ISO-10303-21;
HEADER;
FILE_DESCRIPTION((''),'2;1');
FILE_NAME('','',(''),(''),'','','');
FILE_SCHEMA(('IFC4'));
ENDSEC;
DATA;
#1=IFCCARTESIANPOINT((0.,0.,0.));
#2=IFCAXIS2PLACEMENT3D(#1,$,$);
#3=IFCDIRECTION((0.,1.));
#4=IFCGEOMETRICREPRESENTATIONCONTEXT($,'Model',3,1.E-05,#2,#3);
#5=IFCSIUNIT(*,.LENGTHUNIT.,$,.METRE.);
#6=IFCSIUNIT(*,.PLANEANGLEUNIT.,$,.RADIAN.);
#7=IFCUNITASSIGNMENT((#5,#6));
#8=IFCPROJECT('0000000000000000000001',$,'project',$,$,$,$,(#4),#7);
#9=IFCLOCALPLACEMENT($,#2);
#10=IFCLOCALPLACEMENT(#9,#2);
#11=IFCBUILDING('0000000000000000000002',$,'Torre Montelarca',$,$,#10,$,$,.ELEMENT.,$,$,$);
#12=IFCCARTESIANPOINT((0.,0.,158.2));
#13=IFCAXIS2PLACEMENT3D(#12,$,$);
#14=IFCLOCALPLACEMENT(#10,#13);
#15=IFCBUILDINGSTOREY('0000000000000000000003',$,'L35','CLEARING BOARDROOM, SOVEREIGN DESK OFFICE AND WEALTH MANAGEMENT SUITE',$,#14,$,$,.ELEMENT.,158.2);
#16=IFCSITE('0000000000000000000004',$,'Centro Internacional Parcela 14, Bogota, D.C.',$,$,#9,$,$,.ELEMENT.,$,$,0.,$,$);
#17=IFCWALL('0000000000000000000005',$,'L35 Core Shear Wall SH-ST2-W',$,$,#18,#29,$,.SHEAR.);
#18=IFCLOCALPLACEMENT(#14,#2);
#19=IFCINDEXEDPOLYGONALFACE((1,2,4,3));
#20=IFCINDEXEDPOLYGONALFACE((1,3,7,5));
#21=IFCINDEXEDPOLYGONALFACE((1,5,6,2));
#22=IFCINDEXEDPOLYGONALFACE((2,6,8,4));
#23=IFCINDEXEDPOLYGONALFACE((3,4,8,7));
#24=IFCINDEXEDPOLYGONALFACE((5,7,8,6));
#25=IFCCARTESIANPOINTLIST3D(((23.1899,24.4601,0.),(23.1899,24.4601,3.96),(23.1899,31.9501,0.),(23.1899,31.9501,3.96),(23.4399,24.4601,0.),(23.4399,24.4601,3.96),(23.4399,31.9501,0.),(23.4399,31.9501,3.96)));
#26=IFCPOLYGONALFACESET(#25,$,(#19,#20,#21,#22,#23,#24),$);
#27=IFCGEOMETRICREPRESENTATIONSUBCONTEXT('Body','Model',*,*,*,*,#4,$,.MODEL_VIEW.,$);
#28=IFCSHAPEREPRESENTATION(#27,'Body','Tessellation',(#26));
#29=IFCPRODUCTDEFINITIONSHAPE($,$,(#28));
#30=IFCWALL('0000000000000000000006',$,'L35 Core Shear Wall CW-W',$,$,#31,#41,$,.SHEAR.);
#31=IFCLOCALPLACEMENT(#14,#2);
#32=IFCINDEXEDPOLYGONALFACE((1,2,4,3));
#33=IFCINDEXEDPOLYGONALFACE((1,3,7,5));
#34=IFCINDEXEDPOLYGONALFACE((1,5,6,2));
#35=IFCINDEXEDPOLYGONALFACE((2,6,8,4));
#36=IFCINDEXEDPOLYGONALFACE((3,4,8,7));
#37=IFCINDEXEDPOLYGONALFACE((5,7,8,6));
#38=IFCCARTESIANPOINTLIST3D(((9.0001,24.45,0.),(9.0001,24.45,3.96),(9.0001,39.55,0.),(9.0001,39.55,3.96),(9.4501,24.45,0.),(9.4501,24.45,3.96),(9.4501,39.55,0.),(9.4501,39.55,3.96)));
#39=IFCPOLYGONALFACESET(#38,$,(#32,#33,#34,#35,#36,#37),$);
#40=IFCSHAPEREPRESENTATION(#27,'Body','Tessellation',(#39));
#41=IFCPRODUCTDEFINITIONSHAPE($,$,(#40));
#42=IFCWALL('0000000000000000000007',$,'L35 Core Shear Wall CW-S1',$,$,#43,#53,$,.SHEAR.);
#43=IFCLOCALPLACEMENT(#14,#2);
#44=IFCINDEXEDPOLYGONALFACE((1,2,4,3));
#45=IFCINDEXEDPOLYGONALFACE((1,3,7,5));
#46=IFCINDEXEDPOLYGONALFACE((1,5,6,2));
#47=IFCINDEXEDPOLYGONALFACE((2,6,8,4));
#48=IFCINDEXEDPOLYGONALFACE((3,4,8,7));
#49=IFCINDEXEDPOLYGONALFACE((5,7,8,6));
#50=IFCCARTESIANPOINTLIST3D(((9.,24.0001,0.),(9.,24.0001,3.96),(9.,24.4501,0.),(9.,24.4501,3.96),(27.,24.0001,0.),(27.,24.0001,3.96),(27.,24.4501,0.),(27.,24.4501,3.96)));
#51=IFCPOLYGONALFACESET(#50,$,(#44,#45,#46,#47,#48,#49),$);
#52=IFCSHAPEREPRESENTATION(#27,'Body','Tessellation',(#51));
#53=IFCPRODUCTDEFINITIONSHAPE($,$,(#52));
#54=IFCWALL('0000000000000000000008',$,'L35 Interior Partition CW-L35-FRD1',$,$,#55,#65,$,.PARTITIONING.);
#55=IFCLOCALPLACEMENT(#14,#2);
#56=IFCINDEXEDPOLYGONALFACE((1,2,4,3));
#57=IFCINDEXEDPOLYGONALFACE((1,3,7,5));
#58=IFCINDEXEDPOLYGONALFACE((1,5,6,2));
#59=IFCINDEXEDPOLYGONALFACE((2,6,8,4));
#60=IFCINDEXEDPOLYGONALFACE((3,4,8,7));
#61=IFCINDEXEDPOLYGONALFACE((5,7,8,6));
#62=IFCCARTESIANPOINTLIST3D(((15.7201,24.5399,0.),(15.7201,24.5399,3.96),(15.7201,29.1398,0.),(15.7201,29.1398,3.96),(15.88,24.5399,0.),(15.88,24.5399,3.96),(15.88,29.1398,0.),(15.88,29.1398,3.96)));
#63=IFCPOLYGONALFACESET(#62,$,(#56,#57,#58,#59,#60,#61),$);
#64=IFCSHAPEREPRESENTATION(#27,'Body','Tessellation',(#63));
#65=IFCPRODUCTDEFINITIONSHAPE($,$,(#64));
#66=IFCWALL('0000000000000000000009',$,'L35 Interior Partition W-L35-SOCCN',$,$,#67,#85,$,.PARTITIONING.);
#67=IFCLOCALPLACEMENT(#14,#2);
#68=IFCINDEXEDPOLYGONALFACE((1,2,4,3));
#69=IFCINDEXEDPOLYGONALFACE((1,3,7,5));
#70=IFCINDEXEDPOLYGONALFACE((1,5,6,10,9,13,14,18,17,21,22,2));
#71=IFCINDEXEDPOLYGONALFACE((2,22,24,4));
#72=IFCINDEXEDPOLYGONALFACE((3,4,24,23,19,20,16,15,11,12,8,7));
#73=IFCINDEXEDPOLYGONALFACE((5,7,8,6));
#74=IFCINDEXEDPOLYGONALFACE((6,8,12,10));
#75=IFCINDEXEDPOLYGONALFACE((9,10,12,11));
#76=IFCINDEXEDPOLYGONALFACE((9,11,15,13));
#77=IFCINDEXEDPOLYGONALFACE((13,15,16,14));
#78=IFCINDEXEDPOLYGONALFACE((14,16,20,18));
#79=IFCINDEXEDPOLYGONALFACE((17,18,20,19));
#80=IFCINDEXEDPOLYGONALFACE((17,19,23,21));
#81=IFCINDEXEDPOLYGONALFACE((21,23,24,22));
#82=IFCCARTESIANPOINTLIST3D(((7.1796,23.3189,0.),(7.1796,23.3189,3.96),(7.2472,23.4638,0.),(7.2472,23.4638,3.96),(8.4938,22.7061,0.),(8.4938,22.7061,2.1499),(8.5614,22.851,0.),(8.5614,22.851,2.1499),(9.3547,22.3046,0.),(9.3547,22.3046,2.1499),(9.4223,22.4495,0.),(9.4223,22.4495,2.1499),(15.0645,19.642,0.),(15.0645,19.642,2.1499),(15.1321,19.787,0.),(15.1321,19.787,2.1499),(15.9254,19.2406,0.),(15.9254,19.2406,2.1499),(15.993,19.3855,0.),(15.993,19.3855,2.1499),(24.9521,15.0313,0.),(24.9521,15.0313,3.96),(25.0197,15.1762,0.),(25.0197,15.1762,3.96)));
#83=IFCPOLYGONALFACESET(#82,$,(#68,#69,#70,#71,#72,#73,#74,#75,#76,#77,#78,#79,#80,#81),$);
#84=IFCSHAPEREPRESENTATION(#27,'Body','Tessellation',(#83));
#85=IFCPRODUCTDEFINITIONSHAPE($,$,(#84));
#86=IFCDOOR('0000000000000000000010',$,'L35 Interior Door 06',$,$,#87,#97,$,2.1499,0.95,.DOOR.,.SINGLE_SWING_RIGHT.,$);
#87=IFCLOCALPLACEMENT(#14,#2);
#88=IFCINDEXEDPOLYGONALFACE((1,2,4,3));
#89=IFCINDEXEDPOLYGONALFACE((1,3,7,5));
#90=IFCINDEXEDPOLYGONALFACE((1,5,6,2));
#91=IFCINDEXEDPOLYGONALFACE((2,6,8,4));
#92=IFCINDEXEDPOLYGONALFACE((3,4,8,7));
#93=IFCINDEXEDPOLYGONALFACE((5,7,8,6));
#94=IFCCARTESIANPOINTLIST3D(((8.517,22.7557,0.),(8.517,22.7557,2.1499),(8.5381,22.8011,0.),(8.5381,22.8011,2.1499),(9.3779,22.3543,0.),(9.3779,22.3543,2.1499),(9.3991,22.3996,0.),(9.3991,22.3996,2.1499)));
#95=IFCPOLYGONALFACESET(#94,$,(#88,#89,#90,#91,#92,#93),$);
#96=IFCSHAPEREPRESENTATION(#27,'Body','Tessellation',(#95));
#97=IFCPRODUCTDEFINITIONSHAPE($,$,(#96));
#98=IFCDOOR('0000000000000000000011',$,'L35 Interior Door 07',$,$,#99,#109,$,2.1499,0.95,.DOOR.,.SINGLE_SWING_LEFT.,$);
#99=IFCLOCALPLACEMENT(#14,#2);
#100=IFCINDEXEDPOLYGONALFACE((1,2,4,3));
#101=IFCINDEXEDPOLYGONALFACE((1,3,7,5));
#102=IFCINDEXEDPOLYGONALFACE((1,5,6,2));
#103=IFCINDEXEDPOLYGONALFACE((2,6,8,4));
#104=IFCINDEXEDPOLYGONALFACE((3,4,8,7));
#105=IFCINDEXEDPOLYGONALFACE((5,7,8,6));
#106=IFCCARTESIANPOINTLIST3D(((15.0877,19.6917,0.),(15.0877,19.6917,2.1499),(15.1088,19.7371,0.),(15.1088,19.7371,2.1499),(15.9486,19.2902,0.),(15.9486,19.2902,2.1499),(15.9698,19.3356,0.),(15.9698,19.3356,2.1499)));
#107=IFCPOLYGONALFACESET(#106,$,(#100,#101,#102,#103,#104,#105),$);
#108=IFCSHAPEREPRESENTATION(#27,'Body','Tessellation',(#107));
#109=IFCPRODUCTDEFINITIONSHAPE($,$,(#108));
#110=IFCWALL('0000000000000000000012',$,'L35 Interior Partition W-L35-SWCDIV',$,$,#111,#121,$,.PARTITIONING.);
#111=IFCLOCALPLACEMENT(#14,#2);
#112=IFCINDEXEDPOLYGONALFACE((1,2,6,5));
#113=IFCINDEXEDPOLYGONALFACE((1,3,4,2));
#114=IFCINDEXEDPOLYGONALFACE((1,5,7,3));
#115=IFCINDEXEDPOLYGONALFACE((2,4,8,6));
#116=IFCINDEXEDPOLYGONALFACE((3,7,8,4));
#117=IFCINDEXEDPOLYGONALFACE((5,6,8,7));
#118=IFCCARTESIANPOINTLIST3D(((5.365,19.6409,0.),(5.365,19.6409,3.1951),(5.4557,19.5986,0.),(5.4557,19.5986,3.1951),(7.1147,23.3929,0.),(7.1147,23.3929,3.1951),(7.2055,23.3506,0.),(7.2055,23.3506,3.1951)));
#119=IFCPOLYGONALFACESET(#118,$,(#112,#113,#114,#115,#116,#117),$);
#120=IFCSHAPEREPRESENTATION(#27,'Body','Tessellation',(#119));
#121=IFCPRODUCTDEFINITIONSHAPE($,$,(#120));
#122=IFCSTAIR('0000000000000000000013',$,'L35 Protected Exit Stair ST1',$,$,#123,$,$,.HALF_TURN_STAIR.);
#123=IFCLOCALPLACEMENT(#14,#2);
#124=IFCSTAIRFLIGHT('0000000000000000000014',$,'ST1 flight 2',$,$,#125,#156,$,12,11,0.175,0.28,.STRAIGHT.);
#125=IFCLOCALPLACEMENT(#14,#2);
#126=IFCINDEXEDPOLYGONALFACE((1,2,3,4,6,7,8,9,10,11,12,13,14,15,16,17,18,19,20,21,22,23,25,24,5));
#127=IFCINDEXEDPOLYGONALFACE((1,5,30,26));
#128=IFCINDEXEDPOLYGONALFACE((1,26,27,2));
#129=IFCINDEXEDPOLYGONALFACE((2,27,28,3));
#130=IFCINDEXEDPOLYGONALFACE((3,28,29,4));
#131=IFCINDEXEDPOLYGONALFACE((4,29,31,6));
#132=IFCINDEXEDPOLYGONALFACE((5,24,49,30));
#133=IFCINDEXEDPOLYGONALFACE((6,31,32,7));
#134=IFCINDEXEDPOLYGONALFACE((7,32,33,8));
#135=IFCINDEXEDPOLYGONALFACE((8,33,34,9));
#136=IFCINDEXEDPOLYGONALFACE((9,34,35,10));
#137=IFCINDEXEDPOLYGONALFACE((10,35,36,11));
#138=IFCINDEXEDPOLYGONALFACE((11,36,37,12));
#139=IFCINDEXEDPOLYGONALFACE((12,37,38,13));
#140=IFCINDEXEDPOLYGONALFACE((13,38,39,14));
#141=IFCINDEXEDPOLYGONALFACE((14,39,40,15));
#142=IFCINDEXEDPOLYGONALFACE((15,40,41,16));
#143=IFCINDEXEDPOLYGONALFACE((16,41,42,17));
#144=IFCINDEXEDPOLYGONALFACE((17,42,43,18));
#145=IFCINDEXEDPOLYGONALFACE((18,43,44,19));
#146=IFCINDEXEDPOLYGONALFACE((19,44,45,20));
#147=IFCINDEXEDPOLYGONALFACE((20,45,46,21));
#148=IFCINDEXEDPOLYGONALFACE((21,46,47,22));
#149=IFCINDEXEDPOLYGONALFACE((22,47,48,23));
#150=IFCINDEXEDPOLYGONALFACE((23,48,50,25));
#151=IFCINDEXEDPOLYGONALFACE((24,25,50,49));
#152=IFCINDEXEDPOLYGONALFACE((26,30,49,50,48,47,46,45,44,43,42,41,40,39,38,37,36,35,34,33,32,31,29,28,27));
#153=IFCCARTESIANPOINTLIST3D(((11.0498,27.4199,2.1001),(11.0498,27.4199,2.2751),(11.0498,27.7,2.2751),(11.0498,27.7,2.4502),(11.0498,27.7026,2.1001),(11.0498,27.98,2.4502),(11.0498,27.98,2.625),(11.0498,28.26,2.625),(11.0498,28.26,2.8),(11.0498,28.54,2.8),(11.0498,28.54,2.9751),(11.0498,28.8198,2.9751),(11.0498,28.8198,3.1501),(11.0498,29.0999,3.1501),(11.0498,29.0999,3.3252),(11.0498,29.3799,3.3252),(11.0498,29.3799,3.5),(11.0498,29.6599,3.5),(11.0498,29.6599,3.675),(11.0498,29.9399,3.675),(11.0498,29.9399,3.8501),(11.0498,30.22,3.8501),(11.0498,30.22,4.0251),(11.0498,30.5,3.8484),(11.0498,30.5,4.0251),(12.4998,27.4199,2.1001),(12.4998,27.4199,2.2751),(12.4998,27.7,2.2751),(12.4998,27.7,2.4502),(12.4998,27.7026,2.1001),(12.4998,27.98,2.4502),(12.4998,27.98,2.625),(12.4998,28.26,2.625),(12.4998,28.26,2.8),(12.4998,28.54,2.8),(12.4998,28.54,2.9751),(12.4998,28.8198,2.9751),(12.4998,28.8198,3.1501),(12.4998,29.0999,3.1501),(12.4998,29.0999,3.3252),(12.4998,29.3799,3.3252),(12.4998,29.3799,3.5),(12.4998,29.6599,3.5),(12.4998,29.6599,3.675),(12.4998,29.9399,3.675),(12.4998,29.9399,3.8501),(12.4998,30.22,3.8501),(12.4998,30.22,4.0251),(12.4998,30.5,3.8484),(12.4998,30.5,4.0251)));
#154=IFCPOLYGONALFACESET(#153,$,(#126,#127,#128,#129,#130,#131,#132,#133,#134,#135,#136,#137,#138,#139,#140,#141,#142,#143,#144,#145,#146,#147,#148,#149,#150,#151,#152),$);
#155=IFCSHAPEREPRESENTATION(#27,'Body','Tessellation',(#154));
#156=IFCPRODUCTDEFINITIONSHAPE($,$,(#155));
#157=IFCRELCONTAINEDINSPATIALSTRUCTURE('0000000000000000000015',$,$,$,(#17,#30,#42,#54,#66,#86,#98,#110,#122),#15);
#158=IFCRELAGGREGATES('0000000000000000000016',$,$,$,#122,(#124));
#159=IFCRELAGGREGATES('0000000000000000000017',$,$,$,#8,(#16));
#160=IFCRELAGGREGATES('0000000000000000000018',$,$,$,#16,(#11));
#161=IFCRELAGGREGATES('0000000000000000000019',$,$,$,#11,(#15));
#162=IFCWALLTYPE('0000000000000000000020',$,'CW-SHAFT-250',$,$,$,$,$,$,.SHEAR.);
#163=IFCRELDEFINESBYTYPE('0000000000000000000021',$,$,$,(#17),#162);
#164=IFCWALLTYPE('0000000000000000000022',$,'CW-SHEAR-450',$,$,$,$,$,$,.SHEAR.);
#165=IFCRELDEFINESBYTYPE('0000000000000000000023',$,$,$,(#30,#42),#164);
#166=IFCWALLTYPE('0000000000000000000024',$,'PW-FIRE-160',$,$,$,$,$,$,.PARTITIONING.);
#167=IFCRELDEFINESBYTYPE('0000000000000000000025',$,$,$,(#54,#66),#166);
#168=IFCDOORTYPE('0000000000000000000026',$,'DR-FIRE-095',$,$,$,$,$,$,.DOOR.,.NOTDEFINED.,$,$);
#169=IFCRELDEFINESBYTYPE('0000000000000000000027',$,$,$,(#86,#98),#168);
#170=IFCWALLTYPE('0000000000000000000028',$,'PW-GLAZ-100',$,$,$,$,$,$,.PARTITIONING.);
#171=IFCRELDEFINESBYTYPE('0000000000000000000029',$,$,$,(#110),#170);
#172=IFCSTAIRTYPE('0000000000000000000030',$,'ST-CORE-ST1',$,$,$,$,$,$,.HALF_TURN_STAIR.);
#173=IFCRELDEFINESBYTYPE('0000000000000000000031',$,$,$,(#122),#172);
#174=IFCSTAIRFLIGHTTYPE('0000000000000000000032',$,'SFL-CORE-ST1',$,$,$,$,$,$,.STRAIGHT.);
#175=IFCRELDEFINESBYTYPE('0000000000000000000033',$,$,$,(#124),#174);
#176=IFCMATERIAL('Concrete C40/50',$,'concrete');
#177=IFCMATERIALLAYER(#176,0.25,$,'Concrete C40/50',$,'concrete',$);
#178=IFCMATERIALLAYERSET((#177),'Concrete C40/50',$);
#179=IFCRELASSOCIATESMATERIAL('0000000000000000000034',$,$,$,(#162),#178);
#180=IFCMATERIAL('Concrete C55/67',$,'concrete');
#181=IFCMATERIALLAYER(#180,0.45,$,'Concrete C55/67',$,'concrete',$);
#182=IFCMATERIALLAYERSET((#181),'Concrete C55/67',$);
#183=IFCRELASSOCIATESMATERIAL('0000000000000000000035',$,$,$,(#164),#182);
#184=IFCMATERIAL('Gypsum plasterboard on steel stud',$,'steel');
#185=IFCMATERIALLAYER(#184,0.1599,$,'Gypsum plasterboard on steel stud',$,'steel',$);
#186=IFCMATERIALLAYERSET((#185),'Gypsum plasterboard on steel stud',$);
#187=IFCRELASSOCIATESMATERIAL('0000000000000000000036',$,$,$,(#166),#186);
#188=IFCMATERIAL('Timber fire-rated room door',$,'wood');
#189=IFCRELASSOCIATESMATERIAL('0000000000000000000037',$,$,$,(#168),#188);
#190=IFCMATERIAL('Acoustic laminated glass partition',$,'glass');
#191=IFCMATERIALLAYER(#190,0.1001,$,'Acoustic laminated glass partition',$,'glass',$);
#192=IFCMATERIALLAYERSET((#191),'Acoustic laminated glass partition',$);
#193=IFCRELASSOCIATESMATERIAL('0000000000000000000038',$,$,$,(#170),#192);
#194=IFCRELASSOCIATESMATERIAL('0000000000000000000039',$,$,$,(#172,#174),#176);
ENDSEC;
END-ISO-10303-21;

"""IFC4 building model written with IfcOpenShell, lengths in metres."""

from ifc_helpers import new_model, si_unit, direction, frame, frame_2d, origin, place, context, subcontext, project, spatial, polyline, rectangle, outline, extrude, source, transform, mapped, material, layer, layer_set, type_object, element, fill, aggregate, save


model = new_model("IFC4")

# Units and contexts
model_context = context("Model", 3, precision=1e-05, world=origin(), true_north=direction((0.0, 1.0)))
body_context = subcontext(model_context, "Body", "Model", "MODEL_VIEW")
ifc_project = project(units=[si_unit("LENGTHUNIT", "METRE"), si_unit("PLANEANGLEUNIT", "RADIAN")], contexts=[model_context])

# Site, building, storey
site_placement = place(None, origin())
site = spatial("IfcSite", under=ifc_project, at=site_placement, Name="Centro Internacional Parcela 14, Bogota, D.C.", CompositionType="ELEMENT", RefElevation=0.0)
building_placement = place(site_placement, origin())
building = spatial("IfcBuilding", under=site, at=building_placement, Name="Torre Montelarca", CompositionType="ELEMENT")
storey_placement = place(building_placement, frame((0.0, 0.0, 158.2)))
storey = spatial("IfcBuildingStorey", under=building, at=storey_placement, Name="L35", Description="CLEARING BOARDROOM, SOVEREIGN DESK OFFICE AND WEALTH MANAGEMENT SUITE", CompositionType="ELEMENT", Elevation=158.2)

# Shared definitions
ifc_material_1 = material(Name="Concrete C55/67", Category="concrete")

# Shared definitions
ifc_material_2 = material(Name="Concrete C40/50", Category="concrete")
ifc_layer_1 = layer(ifc_material_2, 0.25, Name="Concrete C40/50", Category="concrete")
ifc_layer_set_1 = layer_set([ifc_layer_1], Name="Concrete C40/50")
wall_type_1 = type_object("IfcWallType", Name="CW-SHAFT-250", PredefinedType="SHEAR", material=ifc_layer_set_1)

# Walls
wall_1_placement = place(storey_placement, frame((23.3149, 24.46, 0.0), z_axis=(0.0, 0.0, 1.0), x_axis=(0.0, 1.0, 0.0)))
element("IfcWall", 1, at=wall_1_placement, inside=storey, type_object=wall_type_1, Name="L35 Core Shear Wall SH-ST2-W", PredefinedType="SHEAR", context=body_context, shape_type="SweptSolid", body=[
    extrude(rectangle(XDim=7.49, YDim=0.25, at=frame_2d((3.7451, 0.0))), origin(), (0.0, 0.0, 1.0), 3.96),
])
ifc_layer_2 = layer(ifc_material_1, 0.45, Name="Concrete C55/67", Category="concrete")
ifc_layer_set_2 = layer_set([ifc_layer_2], Name="Concrete C55/67")
wall_type_2 = type_object("IfcWallType", Name="CW-SHEAR-450", PredefinedType="SHEAR", material=ifc_layer_set_2)
wall_2_placement = place(storey_placement, frame((9.2251, 24.45, 0.0), z_axis=(0.0, 0.0, 1.0), x_axis=(0.0, 1.0, 0.0)))
element("IfcWall", 2, at=wall_2_placement, inside=storey, type_object=wall_type_2, Name="L35 Core Shear Wall CW-W", PredefinedType="SHEAR", context=body_context, shape_type="SweptSolid", body=[
    extrude(rectangle(XDim=15.1001, YDim=0.45, at=frame_2d((7.55, 0.0))), origin(), (0.0, 0.0, 1.0), 3.96),
])
wall_3_placement = place(storey_placement, frame((9.0, 24.2251, 0.0), z_axis=(0.0, 0.0, 1.0), x_axis=(1.0, 0.0, 0.0)))
element("IfcWall", 3, at=wall_3_placement, inside=storey, type_object=wall_type_2, Name="L35 Core Shear Wall CW-S1", PredefinedType="SHEAR", context=body_context, shape_type="SweptSolid", body=[
    extrude(rectangle(XDim=18.0, YDim=0.45, at=frame_2d((9.0, 0.0))), origin(), (0.0, 0.0, 1.0), 3.96),
])
ifc_material_3 = material(Name="Gypsum plasterboard on steel stud", Category="steel")
ifc_layer_3 = layer(ifc_material_3, 0.1599, Name="Gypsum plasterboard on steel stud", Category="steel")
ifc_layer_set_3 = layer_set([ifc_layer_3], Name="Gypsum plasterboard on steel stud")
wall_type_3 = type_object("IfcWallType", Name="PW-FIRE-160", PredefinedType="PARTITIONING", material=ifc_layer_set_3)
wall_4_placement = place(storey_placement, frame((15.8, 24.54, 0.0), z_axis=(0.0, 0.0, 1.0), x_axis=(0.0, 1.0, 0.0)))
element("IfcWall", 4, at=wall_4_placement, inside=storey, type_object=wall_type_3, Name="L35 Interior Partition CW-L35-FRD1", PredefinedType="PARTITIONING", context=body_context, shape_type="SweptSolid", body=[
    extrude(rectangle(XDim=4.5999, YDim=0.1599, at=frame_2d((2.2998, 0.0))), origin(), (0.0, 0.0, 1.0), 3.96),
])

# Wall, openings, doors
wall_5_placement = place(storey_placement, frame((7.2134, 23.3914, 0.0), z_axis=(0.0, 0.0, 1.0), x_axis=(0.906305, -0.422625, 0.0)))
wall_5 = element("IfcWall", 5, at=wall_5_placement, inside=storey, type_object=wall_type_3, Name="L35 Interior Partition W-L35-SOCCN", PredefinedType="PARTITIONING", context=body_context, shape_type="SweptSolid", body=[
    extrude(rectangle(XDim=19.6099, YDim=0.1599, at=frame_2d((9.8049, 0.0))), origin(), (0.0, 0.0, 1.0), 3.96),
])
opening_1_placement = place(wall_5_placement, frame((1.45, 0.0, 0.0)))
opening_1 = element("IfcOpeningElement", 6, at=opening_1_placement, cuts=wall_5, PredefinedType="OPENING", context=body_context, shape_type="SweptSolid", body=[
    extrude(rectangle(XDim=0.95, YDim=2.1499, at=frame_2d((0.4751, 1.075))), frame((0.0, 0.0898, 0.0), z_axis=(0.0, -1.0, 0.0), x_axis=(1.0, 0.0, 0.0)), (0.0, 0.0, 1.0), 0.1799),
])
opening_2_placement = place(wall_5_placement, frame((8.7, 0.0, 0.0)))
opening_2 = element("IfcOpeningElement", 7, at=opening_2_placement, cuts=wall_5, PredefinedType="OPENING", context=body_context, shape_type="SweptSolid", body=[
    extrude(rectangle(XDim=0.95, YDim=2.1499, at=frame_2d((0.4751, 1.075))), frame((0.0, 0.0898, 0.0), z_axis=(0.0, -1.0, 0.0), x_axis=(1.0, 0.0, 0.0)), (0.0, 0.0, 1.0), 0.1799),
])
ifc_material_4 = material(Name="Timber fire-rated room door", Category="wood")
door_type_1 = type_object("IfcDoorType", Name="DR-FIRE-095", OperationType="NOTDEFINED", PredefinedType="DOOR", material=ifc_material_4)
shared_shape_1 = source(origin(), body_context, "Body", "SweptSolid", [
    extrude(rectangle(XDim=0.95, YDim=2.1499, at=frame_2d((0.4751, 1.075))), frame((0.0, 0.0249, 0.0), z_axis=(0.0, -1.0, 0.0), x_axis=(1.0, 0.0, 0.0)), (0.0, 0.0, 1.0), 0.05),
])
door_1_placement = place(opening_1_placement, origin())
door_1 = element("IfcDoor", 8, at=door_1_placement, inside=storey, type_object=door_type_1, Name="L35 Interior Door 06", OperationType="SINGLE_SWING_RIGHT", OverallHeight=2.1499, OverallWidth=0.95, PredefinedType="DOOR", context=body_context, shape_type="MappedRepresentation", body=[
    mapped(shared_shape_1, transform((0.0, 0.0, 0.0), scale=1.0)),
])
fill(opening_1, door_1)
door_2_placement = place(opening_2_placement, origin())
door_2 = element("IfcDoor", 9, at=door_2_placement, inside=storey, type_object=door_type_1, Name="L35 Interior Door 07", OperationType="SINGLE_SWING_LEFT", OverallHeight=2.1499, OverallWidth=0.95, PredefinedType="DOOR", context=body_context, shape_type="MappedRepresentation", body=[
    mapped(shared_shape_1, transform((0.0, 0.0, 0.0), scale=1.0)),
])
fill(opening_2, door_2)

# Wall
ifc_material_5 = material(Name="Acoustic laminated glass partition", Category="glass")
ifc_layer_4 = layer(ifc_material_5, 0.1001, Name="Acoustic laminated glass partition", Category="glass")
ifc_layer_set_4 = layer_set([ifc_layer_4], Name="Acoustic laminated glass partition")
wall_type_4 = type_object("IfcWallType", Name="PW-GLAZ-100", PredefinedType="PARTITIONING", material=ifc_layer_set_4)
wall_6_placement = place(storey_placement, frame((5.4104, 19.6199, 0.0), z_axis=(0.0, 0.0, 1.0), x_axis=(0.422656, 0.90629, 0.0)))
element("IfcWall", 10, at=wall_6_placement, inside=storey, type_object=wall_type_4, Name="L35 Interior Partition W-L35-SWCDIV", PredefinedType="PARTITIONING", context=body_context, shape_type="SweptSolid", body=[
    extrude(rectangle(XDim=4.1399, YDim=0.1001, at=frame_2d((2.0698, 0.0))), origin(), (0.0, 0.0, 1.0), 3.1951),
])

# Stair, stair flight
stair_type = type_object("IfcStairType", Name="ST-CORE-ST1", PredefinedType="HALF_TURN_STAIR", material=ifc_material_2)
stair_placement = place(storey_placement, origin())
stair = element("IfcStair", 11, at=stair_placement, inside=storey, type_object=stair_type, Name="L35 Protected Exit Stair ST1", PredefinedType="HALF_TURN_STAIR")
stair_flight_type = type_object("IfcStairFlightType", Name="SFL-CORE-ST1", PredefinedType="STRAIGHT", material=ifc_material_2)
stair_flight_placement = place(storey_placement, frame((11.7749, 27.4199, 2.1001), z_axis=(0.0, 0.0, 1.0), x_axis=(0.0, 1.0, 0.0)))
stair_flight = element("IfcStairFlight", 12, at=stair_flight_placement, type_object=stair_flight_type, Name="ST1 flight 2", NumberOfRisers=12, NumberOfTreads=11, PredefinedType="STRAIGHT", RiserHeight=0.175, TreadLength=0.28, context=body_context, shape_type="SweptSolid", body=[
    extrude(outline(polyline([(0.0, 0.0), (0.0, 0.175), (0.28, 0.175), (0.28, 0.3501), (0.5601, 0.3501), (0.5601, 0.5249), (0.8401, 0.5249), (0.8401, 0.7), (1.1201, 0.7), (1.1201, 0.875), (1.3999, 0.875), (1.3999, 1.05), (1.6799, 1.05), (1.6799, 1.2251), (1.96, 1.2251), (1.96, 1.3999), (2.24, 1.3999), (2.24, 1.575), (2.52, 1.575), (2.52, 1.75), (2.8, 1.75), (2.8, 1.925), (3.0801, 1.925), (3.0801, 2.1001), (3.0801, 1.7483), (0.2827, 0.0), (0.0, 0.0)])), frame((0.0, 0.7251, 0.0), z_axis=(0.0, -1.0, 0.0), x_axis=(1.0, 0.0, 0.0)), (0.0, 0.0, 1.0), 1.45),
])
aggregate(stair, [stair_flight])

save(model, "model.ifc")
